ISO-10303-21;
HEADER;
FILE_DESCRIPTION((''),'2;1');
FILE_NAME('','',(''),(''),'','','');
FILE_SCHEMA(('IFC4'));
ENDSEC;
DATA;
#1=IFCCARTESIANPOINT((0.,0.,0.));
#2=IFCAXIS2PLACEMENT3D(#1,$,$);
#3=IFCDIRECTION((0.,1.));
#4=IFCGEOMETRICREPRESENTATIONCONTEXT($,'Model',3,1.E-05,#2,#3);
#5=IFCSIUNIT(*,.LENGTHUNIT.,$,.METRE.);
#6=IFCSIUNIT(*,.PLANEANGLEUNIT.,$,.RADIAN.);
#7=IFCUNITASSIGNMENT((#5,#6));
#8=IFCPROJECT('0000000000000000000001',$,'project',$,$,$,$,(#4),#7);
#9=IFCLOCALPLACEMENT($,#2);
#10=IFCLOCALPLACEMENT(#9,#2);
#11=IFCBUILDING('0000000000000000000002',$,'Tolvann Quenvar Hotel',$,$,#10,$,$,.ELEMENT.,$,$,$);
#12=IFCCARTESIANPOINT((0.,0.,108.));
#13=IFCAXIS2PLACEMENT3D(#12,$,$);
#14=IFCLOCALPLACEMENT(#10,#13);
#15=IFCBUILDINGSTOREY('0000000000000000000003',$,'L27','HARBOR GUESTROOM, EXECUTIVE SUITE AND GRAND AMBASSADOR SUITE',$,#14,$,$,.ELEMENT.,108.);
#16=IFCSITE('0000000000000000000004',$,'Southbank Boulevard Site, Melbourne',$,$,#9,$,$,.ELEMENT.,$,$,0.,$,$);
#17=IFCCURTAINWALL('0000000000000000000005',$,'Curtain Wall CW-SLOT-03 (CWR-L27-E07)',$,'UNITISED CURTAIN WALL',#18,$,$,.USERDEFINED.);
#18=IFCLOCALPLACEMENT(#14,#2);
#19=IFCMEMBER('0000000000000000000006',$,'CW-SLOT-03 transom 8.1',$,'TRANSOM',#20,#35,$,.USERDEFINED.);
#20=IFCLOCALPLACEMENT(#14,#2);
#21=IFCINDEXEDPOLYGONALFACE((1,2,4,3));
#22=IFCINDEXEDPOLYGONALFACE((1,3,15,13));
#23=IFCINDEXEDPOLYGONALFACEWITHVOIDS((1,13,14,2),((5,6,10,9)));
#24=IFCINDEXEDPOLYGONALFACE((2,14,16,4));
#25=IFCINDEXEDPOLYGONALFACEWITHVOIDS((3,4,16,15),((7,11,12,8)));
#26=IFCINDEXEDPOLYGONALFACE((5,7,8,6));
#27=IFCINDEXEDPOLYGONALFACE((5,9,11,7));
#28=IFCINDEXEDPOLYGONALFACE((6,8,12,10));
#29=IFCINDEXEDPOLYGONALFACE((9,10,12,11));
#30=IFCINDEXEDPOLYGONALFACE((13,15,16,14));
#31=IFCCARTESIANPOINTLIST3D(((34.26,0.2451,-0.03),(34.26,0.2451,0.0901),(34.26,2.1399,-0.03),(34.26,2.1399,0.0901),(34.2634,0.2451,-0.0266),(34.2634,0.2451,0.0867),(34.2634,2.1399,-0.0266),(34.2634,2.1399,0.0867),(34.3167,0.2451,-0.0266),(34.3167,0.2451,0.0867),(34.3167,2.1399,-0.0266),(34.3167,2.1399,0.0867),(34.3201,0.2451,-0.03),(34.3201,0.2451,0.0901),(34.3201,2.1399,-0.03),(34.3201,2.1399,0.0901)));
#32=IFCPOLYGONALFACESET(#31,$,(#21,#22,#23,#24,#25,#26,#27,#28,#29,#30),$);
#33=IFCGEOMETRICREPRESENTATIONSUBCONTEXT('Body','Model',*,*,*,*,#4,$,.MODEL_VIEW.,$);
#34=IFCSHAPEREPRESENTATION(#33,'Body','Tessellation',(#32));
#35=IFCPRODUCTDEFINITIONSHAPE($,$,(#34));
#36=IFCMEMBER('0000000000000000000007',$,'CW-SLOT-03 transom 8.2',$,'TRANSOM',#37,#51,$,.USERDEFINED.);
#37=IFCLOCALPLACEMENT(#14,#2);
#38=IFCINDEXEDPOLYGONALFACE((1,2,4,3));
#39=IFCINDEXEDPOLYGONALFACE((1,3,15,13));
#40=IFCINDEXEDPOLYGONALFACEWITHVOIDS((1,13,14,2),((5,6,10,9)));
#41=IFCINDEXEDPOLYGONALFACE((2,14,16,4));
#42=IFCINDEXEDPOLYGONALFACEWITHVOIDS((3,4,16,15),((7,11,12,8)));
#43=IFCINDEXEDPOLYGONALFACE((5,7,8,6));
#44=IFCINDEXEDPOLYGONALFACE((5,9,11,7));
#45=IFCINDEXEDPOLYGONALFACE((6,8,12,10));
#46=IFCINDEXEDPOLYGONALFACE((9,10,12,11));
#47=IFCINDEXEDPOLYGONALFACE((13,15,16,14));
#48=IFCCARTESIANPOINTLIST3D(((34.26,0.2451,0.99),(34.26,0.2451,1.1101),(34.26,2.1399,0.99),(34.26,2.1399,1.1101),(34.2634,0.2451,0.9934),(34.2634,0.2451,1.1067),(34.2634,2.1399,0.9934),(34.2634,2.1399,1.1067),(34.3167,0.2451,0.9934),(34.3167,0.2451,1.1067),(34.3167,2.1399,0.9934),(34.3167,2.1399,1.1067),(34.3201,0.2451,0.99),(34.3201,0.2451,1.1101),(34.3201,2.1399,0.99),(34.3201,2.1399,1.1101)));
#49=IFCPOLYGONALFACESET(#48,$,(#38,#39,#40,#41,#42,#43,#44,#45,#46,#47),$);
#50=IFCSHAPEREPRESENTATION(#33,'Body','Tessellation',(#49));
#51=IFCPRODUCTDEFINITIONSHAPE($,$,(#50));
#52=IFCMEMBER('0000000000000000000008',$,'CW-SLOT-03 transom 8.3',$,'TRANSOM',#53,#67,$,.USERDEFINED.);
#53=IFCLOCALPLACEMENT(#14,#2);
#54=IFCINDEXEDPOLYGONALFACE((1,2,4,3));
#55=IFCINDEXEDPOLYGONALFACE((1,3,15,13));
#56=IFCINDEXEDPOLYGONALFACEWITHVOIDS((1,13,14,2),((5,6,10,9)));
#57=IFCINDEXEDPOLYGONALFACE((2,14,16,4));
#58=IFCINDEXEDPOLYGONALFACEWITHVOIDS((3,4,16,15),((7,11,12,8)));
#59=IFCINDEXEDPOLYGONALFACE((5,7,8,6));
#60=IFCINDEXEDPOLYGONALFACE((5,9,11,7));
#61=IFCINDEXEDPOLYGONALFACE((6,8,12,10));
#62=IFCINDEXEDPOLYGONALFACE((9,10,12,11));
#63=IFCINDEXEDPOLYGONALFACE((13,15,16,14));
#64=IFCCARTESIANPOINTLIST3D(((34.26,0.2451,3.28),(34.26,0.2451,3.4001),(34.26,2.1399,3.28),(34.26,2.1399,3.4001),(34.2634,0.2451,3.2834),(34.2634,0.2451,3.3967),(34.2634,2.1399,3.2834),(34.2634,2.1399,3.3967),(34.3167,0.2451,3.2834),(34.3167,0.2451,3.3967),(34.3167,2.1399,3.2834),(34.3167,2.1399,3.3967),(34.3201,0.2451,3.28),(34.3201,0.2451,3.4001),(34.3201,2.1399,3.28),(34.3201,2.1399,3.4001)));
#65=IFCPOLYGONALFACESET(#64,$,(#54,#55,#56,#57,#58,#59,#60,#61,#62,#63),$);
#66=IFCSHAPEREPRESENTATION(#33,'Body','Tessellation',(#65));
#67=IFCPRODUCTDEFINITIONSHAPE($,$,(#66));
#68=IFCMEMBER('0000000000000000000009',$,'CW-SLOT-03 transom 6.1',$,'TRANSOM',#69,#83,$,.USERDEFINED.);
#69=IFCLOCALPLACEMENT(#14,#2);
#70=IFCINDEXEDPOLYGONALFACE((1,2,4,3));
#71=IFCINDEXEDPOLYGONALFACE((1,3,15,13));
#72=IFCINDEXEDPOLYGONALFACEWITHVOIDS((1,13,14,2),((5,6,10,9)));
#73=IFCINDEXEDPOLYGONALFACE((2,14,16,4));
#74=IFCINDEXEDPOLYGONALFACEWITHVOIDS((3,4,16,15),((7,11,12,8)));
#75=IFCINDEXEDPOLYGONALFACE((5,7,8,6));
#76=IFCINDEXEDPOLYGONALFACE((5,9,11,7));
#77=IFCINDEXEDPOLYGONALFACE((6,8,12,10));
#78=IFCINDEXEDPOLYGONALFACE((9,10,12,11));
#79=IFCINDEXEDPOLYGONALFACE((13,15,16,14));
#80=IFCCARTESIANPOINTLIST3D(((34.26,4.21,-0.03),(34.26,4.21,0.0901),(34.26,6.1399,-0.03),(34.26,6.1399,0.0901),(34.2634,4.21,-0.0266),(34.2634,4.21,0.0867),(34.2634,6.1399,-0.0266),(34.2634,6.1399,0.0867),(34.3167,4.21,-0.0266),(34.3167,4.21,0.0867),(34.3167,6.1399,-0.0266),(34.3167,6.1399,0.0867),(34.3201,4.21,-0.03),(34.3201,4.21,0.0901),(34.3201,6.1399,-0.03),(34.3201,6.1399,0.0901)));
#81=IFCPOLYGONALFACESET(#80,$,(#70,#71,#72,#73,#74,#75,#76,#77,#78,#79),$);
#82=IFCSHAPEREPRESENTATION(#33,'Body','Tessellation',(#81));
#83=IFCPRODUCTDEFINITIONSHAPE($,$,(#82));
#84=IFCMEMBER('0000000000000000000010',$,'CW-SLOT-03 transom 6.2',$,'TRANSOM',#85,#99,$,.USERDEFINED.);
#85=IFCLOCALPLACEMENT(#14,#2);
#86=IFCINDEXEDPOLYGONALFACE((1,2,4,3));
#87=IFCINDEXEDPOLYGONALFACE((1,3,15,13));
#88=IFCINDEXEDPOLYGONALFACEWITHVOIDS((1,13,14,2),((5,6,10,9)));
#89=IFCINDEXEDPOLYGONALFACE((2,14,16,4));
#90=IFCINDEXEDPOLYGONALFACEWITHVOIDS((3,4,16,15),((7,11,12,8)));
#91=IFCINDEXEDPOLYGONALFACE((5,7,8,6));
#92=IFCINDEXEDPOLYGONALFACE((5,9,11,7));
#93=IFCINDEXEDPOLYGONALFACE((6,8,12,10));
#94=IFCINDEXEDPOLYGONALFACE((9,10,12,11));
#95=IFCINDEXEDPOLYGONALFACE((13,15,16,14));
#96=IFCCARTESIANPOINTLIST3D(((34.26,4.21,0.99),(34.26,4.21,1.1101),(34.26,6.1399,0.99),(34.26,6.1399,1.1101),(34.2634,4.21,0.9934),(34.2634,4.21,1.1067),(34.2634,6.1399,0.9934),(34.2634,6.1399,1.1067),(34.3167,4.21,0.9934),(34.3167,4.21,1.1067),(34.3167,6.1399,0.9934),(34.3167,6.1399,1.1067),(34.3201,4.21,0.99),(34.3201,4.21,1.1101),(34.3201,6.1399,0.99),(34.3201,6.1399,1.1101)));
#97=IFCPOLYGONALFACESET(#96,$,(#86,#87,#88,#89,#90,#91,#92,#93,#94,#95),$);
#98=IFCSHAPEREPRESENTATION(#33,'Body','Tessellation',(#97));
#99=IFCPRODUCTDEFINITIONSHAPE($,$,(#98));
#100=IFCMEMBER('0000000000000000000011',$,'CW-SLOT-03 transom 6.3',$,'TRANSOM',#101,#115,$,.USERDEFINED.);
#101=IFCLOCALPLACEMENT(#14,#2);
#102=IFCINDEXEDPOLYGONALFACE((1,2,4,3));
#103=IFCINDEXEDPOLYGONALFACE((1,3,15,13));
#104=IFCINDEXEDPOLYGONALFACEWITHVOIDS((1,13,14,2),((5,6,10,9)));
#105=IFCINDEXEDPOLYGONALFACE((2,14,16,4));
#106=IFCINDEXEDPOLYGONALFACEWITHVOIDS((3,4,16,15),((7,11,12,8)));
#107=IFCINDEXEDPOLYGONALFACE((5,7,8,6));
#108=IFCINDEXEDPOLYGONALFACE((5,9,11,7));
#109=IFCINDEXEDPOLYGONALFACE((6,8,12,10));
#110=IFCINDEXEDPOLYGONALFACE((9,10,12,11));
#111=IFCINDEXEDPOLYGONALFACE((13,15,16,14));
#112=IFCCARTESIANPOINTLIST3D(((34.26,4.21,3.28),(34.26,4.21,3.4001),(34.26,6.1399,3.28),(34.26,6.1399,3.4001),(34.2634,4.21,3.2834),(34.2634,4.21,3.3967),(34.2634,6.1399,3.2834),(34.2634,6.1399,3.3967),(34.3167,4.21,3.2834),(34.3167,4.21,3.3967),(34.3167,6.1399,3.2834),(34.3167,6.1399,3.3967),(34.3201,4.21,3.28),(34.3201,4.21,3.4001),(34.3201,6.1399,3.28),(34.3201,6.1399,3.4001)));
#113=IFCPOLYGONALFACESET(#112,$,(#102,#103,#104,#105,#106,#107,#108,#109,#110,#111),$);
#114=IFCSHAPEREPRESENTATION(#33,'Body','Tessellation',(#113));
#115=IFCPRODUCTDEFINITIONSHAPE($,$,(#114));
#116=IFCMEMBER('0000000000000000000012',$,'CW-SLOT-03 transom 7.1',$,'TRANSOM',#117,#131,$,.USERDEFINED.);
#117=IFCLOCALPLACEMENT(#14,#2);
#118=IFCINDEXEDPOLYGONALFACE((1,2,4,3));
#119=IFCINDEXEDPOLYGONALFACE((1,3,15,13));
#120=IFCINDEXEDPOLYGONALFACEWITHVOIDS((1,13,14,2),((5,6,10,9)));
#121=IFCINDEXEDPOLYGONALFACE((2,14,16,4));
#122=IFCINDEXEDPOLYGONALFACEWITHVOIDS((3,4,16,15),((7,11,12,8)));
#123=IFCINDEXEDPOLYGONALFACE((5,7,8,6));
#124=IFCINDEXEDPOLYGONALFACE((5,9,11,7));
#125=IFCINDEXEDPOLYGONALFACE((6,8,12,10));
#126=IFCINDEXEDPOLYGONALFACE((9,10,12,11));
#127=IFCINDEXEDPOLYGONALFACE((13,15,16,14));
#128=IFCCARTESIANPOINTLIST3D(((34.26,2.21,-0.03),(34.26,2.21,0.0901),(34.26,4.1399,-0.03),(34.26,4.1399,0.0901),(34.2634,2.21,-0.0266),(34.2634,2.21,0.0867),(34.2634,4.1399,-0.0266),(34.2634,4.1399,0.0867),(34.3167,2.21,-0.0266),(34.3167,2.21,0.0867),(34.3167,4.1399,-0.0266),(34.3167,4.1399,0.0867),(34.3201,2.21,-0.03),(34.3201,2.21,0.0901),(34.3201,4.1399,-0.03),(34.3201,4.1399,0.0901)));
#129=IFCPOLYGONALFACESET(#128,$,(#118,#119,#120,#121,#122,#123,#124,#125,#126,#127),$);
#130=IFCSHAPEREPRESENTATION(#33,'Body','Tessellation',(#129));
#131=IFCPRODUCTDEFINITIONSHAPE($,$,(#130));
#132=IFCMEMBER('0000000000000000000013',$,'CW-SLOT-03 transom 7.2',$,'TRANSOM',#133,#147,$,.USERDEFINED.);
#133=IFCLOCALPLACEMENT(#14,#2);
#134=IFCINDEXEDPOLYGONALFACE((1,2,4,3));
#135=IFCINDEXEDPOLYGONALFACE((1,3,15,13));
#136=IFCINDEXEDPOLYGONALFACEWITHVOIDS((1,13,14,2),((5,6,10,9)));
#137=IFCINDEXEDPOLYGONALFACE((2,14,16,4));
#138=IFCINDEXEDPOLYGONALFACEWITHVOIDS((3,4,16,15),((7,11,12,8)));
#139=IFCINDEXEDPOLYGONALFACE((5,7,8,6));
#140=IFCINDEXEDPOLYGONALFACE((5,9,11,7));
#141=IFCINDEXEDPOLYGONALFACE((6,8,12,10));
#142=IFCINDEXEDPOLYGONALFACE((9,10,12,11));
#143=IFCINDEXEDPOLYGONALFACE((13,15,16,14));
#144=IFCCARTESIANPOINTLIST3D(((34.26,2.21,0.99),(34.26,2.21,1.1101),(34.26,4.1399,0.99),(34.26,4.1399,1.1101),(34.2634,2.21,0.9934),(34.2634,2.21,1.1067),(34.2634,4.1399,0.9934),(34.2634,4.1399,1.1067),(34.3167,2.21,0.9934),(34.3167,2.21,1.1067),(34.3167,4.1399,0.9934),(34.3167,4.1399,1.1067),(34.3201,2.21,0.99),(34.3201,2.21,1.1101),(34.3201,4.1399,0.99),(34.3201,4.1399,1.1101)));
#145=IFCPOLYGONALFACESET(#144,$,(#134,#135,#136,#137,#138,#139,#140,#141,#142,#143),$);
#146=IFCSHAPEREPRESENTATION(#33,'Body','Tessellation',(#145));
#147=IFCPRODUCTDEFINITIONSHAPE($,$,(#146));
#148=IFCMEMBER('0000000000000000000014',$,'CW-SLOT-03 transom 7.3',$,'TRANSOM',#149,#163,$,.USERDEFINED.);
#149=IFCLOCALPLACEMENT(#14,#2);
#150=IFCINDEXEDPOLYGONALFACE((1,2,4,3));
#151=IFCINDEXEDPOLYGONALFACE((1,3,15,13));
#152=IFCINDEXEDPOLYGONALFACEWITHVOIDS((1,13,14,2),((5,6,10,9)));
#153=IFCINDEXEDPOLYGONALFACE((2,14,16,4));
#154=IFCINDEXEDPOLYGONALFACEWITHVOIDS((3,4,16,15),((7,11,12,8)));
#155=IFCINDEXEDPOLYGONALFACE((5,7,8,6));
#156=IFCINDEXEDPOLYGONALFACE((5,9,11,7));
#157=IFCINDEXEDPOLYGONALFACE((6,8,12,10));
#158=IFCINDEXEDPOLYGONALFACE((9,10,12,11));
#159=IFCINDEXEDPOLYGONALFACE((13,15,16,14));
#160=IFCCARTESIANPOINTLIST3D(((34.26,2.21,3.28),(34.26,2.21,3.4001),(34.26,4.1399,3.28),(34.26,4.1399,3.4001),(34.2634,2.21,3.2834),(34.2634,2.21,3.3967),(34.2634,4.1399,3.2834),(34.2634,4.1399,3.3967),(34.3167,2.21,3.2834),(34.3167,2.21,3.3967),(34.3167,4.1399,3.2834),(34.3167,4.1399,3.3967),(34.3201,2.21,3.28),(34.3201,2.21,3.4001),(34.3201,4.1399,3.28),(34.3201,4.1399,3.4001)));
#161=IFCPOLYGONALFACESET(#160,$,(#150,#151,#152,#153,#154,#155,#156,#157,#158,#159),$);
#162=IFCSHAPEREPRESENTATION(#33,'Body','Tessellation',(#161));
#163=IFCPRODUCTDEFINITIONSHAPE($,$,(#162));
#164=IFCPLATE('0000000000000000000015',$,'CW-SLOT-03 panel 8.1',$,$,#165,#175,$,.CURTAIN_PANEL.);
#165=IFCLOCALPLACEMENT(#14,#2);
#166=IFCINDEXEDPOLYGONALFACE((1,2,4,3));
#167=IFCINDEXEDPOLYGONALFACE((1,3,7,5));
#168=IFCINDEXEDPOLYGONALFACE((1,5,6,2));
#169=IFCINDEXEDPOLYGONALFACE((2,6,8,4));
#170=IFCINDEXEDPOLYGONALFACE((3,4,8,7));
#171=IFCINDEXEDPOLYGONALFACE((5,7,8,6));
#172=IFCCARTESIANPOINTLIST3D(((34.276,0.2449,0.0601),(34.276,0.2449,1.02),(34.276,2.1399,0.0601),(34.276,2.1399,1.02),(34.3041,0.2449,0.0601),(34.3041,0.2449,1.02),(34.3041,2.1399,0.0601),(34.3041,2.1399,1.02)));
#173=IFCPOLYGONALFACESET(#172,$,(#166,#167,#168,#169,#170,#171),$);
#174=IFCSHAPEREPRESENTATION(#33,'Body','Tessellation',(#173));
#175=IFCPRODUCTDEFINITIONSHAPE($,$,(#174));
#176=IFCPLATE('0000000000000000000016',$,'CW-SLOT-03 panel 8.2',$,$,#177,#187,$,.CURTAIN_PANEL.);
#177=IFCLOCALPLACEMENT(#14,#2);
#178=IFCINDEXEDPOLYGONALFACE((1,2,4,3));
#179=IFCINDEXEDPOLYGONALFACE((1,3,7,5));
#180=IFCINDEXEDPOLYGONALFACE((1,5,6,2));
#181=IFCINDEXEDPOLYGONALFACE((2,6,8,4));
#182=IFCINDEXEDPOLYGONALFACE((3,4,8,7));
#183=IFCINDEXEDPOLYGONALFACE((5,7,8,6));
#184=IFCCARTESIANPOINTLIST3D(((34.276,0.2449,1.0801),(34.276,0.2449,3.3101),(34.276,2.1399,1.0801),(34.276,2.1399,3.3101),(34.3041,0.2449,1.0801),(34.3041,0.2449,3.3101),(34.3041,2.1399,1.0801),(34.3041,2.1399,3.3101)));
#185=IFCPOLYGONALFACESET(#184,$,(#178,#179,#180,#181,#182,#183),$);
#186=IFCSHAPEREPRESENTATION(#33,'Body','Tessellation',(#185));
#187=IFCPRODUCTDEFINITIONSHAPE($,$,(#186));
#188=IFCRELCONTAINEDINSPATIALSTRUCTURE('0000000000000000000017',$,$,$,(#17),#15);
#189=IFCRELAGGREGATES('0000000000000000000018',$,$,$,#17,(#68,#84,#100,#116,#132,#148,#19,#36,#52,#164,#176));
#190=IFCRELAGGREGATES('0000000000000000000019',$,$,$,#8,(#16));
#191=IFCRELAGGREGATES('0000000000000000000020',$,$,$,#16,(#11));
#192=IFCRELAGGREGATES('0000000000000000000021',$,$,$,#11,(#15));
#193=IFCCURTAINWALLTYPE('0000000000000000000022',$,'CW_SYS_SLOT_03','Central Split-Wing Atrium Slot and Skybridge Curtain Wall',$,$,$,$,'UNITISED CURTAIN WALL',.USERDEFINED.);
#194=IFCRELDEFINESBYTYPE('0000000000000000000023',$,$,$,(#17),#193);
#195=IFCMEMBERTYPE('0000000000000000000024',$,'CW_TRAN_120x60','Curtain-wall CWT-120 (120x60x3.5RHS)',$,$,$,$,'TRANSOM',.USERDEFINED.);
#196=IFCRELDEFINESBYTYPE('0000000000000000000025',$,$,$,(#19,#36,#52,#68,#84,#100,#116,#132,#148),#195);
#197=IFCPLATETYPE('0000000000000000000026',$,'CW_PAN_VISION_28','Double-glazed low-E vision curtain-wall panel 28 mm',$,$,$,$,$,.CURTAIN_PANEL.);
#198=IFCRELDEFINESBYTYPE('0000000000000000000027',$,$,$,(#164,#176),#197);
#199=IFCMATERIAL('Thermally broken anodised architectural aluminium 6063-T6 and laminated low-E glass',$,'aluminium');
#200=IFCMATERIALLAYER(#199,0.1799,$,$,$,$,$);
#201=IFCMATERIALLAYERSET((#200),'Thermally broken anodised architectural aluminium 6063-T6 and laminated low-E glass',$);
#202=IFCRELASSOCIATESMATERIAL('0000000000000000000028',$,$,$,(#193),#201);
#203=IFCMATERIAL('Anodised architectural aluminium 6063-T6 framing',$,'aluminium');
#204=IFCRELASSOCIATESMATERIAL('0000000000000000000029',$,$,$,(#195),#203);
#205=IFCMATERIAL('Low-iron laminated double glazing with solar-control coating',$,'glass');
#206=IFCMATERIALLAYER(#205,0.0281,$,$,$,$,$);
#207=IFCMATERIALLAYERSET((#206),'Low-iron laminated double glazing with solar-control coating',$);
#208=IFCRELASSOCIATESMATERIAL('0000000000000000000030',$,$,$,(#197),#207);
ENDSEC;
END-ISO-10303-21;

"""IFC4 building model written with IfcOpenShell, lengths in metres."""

from ifc_helpers import new_model, si_unit, direction, frame, origin, origin_2d, place, context, subcontext, project, spatial, rectangle, hollow_rectangle, extrude, source, transform, mapped, material, layer, layer_set, material_profile, profile_set, type_object, type_shapes, element, aggregate, save


model = new_model("IFC4")

# Units and contexts
model_context = context("Model", 3, precision=1e-05, world=origin(), true_north=direction((0.0, 1.0)))
body_context = subcontext(model_context, "Body", "Model", "MODEL_VIEW")
ifc_project = project(units=[si_unit("LENGTHUNIT", "METRE"), si_unit("PLANEANGLEUNIT", "RADIAN")], contexts=[model_context])

# Site, building, storey
site_placement = place(None, origin())
site = spatial("IfcSite", under=ifc_project, at=site_placement, Name="Southbank Boulevard Site, Melbourne", CompositionType="ELEMENT", RefElevation=0.0)
building_placement = place(site_placement, origin())
building = spatial("IfcBuilding", under=site, at=building_placement, Name="Tolvann Quenvar Hotel", CompositionType="ELEMENT")
storey_placement = place(building_placement, frame((0.0, 0.0, 108.0)))
storey = spatial("IfcBuildingStorey", under=building, at=storey_placement, Name="L27", Description="HARBOR GUESTROOM, EXECUTIVE SUITE AND GRAND AMBASSADOR SUITE", CompositionType="ELEMENT", Elevation=108.0)

# Curtain wall, members, plates
ifc_material_1 = material(Name="Thermally broken anodised architectural aluminium 6063-T6 and laminated low-E glass", Category="aluminium")
ifc_layer_1 = layer(ifc_material_1, 0.1799)
ifc_layer_set_1 = layer_set([ifc_layer_1], Name="Thermally broken anodised architectural aluminium 6063-T6 and laminated low-E glass")
curtain_wall_type = type_object("IfcCurtainWallType", Name="CW_SYS_SLOT_03", Description="Central Split-Wing Atrium Slot and Skybridge Curtain Wall", ElementType="UNITISED CURTAIN WALL", PredefinedType="USERDEFINED", material=ifc_layer_set_1)
curtain_wall_placement = place(storey_placement, origin())
curtain_wall = element("IfcCurtainWall", 1, at=curtain_wall_placement, inside=storey, type_object=curtain_wall_type, Name="Curtain Wall CW-SLOT-03 (CWR-L27-E07)", ObjectType="UNITISED CURTAIN WALL", PredefinedType="USERDEFINED")
ifc_material_2 = material(Name="Anodised architectural aluminium 6063-T6 framing", Category="aluminium")
ifc_material_profile_1 = material_profile(ifc_material_2, hollow_rectangle(XDim=0.0601, YDim=0.1201, WallThickness=0.0034, at=origin_2d()), Name="120x60x3.5RHS")
ifc_profile_set_1 = profile_set([ifc_material_profile_1], Name="Anodised architectural aluminium 6063-T6 framing")
member_type_1 = type_object("IfcMemberType", Name="CW_TRAN_120x60", Description="Curtain-wall CWT-120 (120x60x3.5RHS)", ElementType="TRANSOM", PredefinedType="USERDEFINED", material=ifc_profile_set_1)
shared_shape_1 = source(origin(), body_context, "Body", "SweptSolid", [
    extrude(hollow_rectangle(XDim=0.0601, YDim=0.1201, WallThickness=0.0034, at=origin_2d()), origin(), (0.0, 0.0, 1.0), 1.8948),
])
member_1_placement = place(storey_placement, frame((34.29, 2.1399, 0.03), z_axis=(0.0, -1.0, 0.0), x_axis=(1.0, 0.0, 0.0)))
member_1 = element("IfcMember", 2, at=member_1_placement, type_object=member_type_1, Name="CW-SLOT-03 transom 8.1", ObjectType="TRANSOM", PredefinedType="USERDEFINED", context=body_context, shape_type="MappedRepresentation", body=[
    mapped(shared_shape_1, transform((0.0, 0.0, 0.0), x_axis=(1.0, 0.0, 0.0), y_axis=(0.0, 1.0, 0.0), z_axis=(0.0, 0.0, 1.0), scale=1.0)),
])
member_2_placement = place(storey_placement, frame((34.29, 2.1399, 1.05), z_axis=(0.0, -1.0, 0.0), x_axis=(1.0, 0.0, 0.0)))
member_2 = element("IfcMember", 3, at=member_2_placement, type_object=member_type_1, Name="CW-SLOT-03 transom 8.2", ObjectType="TRANSOM", PredefinedType="USERDEFINED", context=body_context, shape_type="MappedRepresentation", body=[
    mapped(shared_shape_1, transform((0.0, 0.0, 0.0), x_axis=(1.0, 0.0, 0.0), y_axis=(0.0, 1.0, 0.0), z_axis=(0.0, 0.0, 1.0), scale=1.0)),
])
member_3_placement = place(storey_placement, frame((34.29, 2.1399, 3.3401), z_axis=(0.0, -1.0, 0.0), x_axis=(1.0, 0.0, 0.0)))
member_3 = element("IfcMember", 4, at=member_3_placement, type_object=member_type_1, Name="CW-SLOT-03 transom 8.3", ObjectType="TRANSOM", PredefinedType="USERDEFINED", context=body_context, shape_type="MappedRepresentation", body=[
    mapped(shared_shape_1, transform((0.0, 0.0, 0.0), x_axis=(1.0, 0.0, 0.0), y_axis=(0.0, 1.0, 0.0), z_axis=(0.0, 0.0, 1.0), scale=1.0)),
])
shared_shape_2 = source(origin(), body_context, "Body", "SweptSolid", [
    extrude(hollow_rectangle(XDim=0.0601, YDim=0.1201, WallThickness=0.0034, at=origin_2d()), origin(), (0.0, 0.0, 1.0), 1.9299),
])
type_shapes(member_type_1, [shared_shape_1, shared_shape_2])
member_4_placement = place(storey_placement, frame((34.29, 6.1399, 0.03), z_axis=(0.0, -1.0, 0.0), x_axis=(1.0, 0.0, 0.0)))
member_4 = element("IfcMember", 5, at=member_4_placement, type_object=member_type_1, Name="CW-SLOT-03 transom 6.1", ObjectType="TRANSOM", PredefinedType="USERDEFINED", context=body_context, shape_type="MappedRepresentation", body=[
    mapped(shared_shape_2, transform((0.0, 0.0, 0.0), x_axis=(1.0, 0.0, 0.0), y_axis=(0.0, 1.0, 0.0), z_axis=(0.0, 0.0, 1.0), scale=1.0)),
])
member_5_placement = place(storey_placement, frame((34.29, 6.1399, 1.05), z_axis=(0.0, -1.0, 0.0), x_axis=(1.0, 0.0, 0.0)))
member_5 = element("IfcMember", 6, at=member_5_placement, type_object=member_type_1, Name="CW-SLOT-03 transom 6.2", ObjectType="TRANSOM", PredefinedType="USERDEFINED", context=body_context, shape_type="MappedRepresentation", body=[
    mapped(shared_shape_2, transform((0.0, 0.0, 0.0), x_axis=(1.0, 0.0, 0.0), y_axis=(0.0, 1.0, 0.0), z_axis=(0.0, 0.0, 1.0), scale=1.0)),
])
member_6_placement = place(storey_placement, frame((34.29, 6.1399, 3.3401), z_axis=(0.0, -1.0, 0.0), x_axis=(1.0, 0.0, 0.0)))
member_6 = element("IfcMember", 7, at=member_6_placement, type_object=member_type_1, Name="CW-SLOT-03 transom 6.3", ObjectType="TRANSOM", PredefinedType="USERDEFINED", context=body_context, shape_type="MappedRepresentation", body=[
    mapped(shared_shape_2, transform((0.0, 0.0, 0.0), x_axis=(1.0, 0.0, 0.0), y_axis=(0.0, 1.0, 0.0), z_axis=(0.0, 0.0, 1.0), scale=1.0)),
])
member_7_placement = place(storey_placement, frame((34.29, 4.1399, 0.03), z_axis=(0.0, -1.0, 0.0), x_axis=(1.0, 0.0, 0.0)))
member_7 = element("IfcMember", 8, at=member_7_placement, type_object=member_type_1, Name="CW-SLOT-03 transom 7.1", ObjectType="TRANSOM", PredefinedType="USERDEFINED", context=body_context, shape_type="MappedRepresentation", body=[
    mapped(shared_shape_2, transform((0.0, 0.0, 0.0), x_axis=(1.0, 0.0, 0.0), y_axis=(0.0, 1.0, 0.0), z_axis=(0.0, 0.0, 1.0), scale=1.0)),
])
member_8_placement = place(storey_placement, frame((34.29, 4.1399, 1.05), z_axis=(0.0, -1.0, 0.0), x_axis=(1.0, 0.0, 0.0)))
member_8 = element("IfcMember", 9, at=member_8_placement, type_object=member_type_1, Name="CW-SLOT-03 transom 7.2", ObjectType="TRANSOM", PredefinedType="USERDEFINED", context=body_context, shape_type="MappedRepresentation", body=[
    mapped(shared_shape_2, transform((0.0, 0.0, 0.0), x_axis=(1.0, 0.0, 0.0), y_axis=(0.0, 1.0, 0.0), z_axis=(0.0, 0.0, 1.0), scale=1.0)),
])
member_9_placement = place(storey_placement, frame((34.29, 4.1399, 3.3401), z_axis=(0.0, -1.0, 0.0), x_axis=(1.0, 0.0, 0.0)))
member_9 = element("IfcMember", 10, at=member_9_placement, type_object=member_type_1, Name="CW-SLOT-03 transom 7.3", ObjectType="TRANSOM", PredefinedType="USERDEFINED", context=body_context, shape_type="MappedRepresentation", body=[
    mapped(shared_shape_2, transform((0.0, 0.0, 0.0), x_axis=(1.0, 0.0, 0.0), y_axis=(0.0, 1.0, 0.0), z_axis=(0.0, 0.0, 1.0), scale=1.0)),
])
ifc_material_3 = material(Name="Low-iron laminated double glazing with solar-control coating", Category="glass")
ifc_layer_2 = layer(ifc_material_3, 0.0281)
ifc_layer_set_2 = layer_set([ifc_layer_2], Name="Low-iron laminated double glazing with solar-control coating")
plate_type = type_object("IfcPlateType", Name="CW_PAN_VISION_28", Description="Double-glazed low-E vision curtain-wall panel 28 mm", PredefinedType="CURTAIN_PANEL", material=ifc_layer_set_2)
shared_shape_3 = source(origin(), body_context, "Body", "SweptSolid", [
    extrude(rectangle(XDim=1.895, YDim=0.0281, at=origin_2d()), origin(), (0.0, 0.0, 1.0), 0.96),
])
plate_1_placement = place(storey_placement, frame((34.29, 1.1924, 0.0601), z_axis=(0.0, 0.0, 1.0), x_axis=(0.0, -1.0, 0.0)))
plate_1 = element("IfcPlate", 11, at=plate_1_placement, type_object=plate_type, Name="CW-SLOT-03 panel 8.1", PredefinedType="CURTAIN_PANEL", context=body_context, shape_type="MappedRepresentation", body=[
    mapped(shared_shape_3, transform((0.0, 0.0, 0.0), x_axis=(1.0, 0.0, 0.0), y_axis=(0.0, 1.0, 0.0), z_axis=(0.0, 0.0, 1.0), scale=1.0)),
])
shared_shape_4 = source(origin(), body_context, "Body", "SweptSolid", [
    extrude(rectangle(XDim=1.895, YDim=0.0281, at=origin_2d()), origin(), (0.0, 0.0, 1.0), 2.23),
])
plate_2_placement = place(storey_placement, frame((34.29, 1.1924, 1.0801), z_axis=(0.0, 0.0, 1.0), x_axis=(0.0, -1.0, 0.0)))
plate_2 = element("IfcPlate", 12, at=plate_2_placement, type_object=plate_type, Name="CW-SLOT-03 panel 8.2", PredefinedType="CURTAIN_PANEL", context=body_context, shape_type="MappedRepresentation", body=[
    mapped(shared_shape_4, transform((0.0, 0.0, 0.0), x_axis=(1.0, 0.0, 0.0), y_axis=(0.0, 1.0, 0.0), z_axis=(0.0, 0.0, 1.0), scale=1.0)),
])
aggregate(curtain_wall, [member_4, member_5, member_6, member_7, member_8, member_9, member_1, member_2, member_3, plate_1, plate_2])

save(model, "model.ifc")
